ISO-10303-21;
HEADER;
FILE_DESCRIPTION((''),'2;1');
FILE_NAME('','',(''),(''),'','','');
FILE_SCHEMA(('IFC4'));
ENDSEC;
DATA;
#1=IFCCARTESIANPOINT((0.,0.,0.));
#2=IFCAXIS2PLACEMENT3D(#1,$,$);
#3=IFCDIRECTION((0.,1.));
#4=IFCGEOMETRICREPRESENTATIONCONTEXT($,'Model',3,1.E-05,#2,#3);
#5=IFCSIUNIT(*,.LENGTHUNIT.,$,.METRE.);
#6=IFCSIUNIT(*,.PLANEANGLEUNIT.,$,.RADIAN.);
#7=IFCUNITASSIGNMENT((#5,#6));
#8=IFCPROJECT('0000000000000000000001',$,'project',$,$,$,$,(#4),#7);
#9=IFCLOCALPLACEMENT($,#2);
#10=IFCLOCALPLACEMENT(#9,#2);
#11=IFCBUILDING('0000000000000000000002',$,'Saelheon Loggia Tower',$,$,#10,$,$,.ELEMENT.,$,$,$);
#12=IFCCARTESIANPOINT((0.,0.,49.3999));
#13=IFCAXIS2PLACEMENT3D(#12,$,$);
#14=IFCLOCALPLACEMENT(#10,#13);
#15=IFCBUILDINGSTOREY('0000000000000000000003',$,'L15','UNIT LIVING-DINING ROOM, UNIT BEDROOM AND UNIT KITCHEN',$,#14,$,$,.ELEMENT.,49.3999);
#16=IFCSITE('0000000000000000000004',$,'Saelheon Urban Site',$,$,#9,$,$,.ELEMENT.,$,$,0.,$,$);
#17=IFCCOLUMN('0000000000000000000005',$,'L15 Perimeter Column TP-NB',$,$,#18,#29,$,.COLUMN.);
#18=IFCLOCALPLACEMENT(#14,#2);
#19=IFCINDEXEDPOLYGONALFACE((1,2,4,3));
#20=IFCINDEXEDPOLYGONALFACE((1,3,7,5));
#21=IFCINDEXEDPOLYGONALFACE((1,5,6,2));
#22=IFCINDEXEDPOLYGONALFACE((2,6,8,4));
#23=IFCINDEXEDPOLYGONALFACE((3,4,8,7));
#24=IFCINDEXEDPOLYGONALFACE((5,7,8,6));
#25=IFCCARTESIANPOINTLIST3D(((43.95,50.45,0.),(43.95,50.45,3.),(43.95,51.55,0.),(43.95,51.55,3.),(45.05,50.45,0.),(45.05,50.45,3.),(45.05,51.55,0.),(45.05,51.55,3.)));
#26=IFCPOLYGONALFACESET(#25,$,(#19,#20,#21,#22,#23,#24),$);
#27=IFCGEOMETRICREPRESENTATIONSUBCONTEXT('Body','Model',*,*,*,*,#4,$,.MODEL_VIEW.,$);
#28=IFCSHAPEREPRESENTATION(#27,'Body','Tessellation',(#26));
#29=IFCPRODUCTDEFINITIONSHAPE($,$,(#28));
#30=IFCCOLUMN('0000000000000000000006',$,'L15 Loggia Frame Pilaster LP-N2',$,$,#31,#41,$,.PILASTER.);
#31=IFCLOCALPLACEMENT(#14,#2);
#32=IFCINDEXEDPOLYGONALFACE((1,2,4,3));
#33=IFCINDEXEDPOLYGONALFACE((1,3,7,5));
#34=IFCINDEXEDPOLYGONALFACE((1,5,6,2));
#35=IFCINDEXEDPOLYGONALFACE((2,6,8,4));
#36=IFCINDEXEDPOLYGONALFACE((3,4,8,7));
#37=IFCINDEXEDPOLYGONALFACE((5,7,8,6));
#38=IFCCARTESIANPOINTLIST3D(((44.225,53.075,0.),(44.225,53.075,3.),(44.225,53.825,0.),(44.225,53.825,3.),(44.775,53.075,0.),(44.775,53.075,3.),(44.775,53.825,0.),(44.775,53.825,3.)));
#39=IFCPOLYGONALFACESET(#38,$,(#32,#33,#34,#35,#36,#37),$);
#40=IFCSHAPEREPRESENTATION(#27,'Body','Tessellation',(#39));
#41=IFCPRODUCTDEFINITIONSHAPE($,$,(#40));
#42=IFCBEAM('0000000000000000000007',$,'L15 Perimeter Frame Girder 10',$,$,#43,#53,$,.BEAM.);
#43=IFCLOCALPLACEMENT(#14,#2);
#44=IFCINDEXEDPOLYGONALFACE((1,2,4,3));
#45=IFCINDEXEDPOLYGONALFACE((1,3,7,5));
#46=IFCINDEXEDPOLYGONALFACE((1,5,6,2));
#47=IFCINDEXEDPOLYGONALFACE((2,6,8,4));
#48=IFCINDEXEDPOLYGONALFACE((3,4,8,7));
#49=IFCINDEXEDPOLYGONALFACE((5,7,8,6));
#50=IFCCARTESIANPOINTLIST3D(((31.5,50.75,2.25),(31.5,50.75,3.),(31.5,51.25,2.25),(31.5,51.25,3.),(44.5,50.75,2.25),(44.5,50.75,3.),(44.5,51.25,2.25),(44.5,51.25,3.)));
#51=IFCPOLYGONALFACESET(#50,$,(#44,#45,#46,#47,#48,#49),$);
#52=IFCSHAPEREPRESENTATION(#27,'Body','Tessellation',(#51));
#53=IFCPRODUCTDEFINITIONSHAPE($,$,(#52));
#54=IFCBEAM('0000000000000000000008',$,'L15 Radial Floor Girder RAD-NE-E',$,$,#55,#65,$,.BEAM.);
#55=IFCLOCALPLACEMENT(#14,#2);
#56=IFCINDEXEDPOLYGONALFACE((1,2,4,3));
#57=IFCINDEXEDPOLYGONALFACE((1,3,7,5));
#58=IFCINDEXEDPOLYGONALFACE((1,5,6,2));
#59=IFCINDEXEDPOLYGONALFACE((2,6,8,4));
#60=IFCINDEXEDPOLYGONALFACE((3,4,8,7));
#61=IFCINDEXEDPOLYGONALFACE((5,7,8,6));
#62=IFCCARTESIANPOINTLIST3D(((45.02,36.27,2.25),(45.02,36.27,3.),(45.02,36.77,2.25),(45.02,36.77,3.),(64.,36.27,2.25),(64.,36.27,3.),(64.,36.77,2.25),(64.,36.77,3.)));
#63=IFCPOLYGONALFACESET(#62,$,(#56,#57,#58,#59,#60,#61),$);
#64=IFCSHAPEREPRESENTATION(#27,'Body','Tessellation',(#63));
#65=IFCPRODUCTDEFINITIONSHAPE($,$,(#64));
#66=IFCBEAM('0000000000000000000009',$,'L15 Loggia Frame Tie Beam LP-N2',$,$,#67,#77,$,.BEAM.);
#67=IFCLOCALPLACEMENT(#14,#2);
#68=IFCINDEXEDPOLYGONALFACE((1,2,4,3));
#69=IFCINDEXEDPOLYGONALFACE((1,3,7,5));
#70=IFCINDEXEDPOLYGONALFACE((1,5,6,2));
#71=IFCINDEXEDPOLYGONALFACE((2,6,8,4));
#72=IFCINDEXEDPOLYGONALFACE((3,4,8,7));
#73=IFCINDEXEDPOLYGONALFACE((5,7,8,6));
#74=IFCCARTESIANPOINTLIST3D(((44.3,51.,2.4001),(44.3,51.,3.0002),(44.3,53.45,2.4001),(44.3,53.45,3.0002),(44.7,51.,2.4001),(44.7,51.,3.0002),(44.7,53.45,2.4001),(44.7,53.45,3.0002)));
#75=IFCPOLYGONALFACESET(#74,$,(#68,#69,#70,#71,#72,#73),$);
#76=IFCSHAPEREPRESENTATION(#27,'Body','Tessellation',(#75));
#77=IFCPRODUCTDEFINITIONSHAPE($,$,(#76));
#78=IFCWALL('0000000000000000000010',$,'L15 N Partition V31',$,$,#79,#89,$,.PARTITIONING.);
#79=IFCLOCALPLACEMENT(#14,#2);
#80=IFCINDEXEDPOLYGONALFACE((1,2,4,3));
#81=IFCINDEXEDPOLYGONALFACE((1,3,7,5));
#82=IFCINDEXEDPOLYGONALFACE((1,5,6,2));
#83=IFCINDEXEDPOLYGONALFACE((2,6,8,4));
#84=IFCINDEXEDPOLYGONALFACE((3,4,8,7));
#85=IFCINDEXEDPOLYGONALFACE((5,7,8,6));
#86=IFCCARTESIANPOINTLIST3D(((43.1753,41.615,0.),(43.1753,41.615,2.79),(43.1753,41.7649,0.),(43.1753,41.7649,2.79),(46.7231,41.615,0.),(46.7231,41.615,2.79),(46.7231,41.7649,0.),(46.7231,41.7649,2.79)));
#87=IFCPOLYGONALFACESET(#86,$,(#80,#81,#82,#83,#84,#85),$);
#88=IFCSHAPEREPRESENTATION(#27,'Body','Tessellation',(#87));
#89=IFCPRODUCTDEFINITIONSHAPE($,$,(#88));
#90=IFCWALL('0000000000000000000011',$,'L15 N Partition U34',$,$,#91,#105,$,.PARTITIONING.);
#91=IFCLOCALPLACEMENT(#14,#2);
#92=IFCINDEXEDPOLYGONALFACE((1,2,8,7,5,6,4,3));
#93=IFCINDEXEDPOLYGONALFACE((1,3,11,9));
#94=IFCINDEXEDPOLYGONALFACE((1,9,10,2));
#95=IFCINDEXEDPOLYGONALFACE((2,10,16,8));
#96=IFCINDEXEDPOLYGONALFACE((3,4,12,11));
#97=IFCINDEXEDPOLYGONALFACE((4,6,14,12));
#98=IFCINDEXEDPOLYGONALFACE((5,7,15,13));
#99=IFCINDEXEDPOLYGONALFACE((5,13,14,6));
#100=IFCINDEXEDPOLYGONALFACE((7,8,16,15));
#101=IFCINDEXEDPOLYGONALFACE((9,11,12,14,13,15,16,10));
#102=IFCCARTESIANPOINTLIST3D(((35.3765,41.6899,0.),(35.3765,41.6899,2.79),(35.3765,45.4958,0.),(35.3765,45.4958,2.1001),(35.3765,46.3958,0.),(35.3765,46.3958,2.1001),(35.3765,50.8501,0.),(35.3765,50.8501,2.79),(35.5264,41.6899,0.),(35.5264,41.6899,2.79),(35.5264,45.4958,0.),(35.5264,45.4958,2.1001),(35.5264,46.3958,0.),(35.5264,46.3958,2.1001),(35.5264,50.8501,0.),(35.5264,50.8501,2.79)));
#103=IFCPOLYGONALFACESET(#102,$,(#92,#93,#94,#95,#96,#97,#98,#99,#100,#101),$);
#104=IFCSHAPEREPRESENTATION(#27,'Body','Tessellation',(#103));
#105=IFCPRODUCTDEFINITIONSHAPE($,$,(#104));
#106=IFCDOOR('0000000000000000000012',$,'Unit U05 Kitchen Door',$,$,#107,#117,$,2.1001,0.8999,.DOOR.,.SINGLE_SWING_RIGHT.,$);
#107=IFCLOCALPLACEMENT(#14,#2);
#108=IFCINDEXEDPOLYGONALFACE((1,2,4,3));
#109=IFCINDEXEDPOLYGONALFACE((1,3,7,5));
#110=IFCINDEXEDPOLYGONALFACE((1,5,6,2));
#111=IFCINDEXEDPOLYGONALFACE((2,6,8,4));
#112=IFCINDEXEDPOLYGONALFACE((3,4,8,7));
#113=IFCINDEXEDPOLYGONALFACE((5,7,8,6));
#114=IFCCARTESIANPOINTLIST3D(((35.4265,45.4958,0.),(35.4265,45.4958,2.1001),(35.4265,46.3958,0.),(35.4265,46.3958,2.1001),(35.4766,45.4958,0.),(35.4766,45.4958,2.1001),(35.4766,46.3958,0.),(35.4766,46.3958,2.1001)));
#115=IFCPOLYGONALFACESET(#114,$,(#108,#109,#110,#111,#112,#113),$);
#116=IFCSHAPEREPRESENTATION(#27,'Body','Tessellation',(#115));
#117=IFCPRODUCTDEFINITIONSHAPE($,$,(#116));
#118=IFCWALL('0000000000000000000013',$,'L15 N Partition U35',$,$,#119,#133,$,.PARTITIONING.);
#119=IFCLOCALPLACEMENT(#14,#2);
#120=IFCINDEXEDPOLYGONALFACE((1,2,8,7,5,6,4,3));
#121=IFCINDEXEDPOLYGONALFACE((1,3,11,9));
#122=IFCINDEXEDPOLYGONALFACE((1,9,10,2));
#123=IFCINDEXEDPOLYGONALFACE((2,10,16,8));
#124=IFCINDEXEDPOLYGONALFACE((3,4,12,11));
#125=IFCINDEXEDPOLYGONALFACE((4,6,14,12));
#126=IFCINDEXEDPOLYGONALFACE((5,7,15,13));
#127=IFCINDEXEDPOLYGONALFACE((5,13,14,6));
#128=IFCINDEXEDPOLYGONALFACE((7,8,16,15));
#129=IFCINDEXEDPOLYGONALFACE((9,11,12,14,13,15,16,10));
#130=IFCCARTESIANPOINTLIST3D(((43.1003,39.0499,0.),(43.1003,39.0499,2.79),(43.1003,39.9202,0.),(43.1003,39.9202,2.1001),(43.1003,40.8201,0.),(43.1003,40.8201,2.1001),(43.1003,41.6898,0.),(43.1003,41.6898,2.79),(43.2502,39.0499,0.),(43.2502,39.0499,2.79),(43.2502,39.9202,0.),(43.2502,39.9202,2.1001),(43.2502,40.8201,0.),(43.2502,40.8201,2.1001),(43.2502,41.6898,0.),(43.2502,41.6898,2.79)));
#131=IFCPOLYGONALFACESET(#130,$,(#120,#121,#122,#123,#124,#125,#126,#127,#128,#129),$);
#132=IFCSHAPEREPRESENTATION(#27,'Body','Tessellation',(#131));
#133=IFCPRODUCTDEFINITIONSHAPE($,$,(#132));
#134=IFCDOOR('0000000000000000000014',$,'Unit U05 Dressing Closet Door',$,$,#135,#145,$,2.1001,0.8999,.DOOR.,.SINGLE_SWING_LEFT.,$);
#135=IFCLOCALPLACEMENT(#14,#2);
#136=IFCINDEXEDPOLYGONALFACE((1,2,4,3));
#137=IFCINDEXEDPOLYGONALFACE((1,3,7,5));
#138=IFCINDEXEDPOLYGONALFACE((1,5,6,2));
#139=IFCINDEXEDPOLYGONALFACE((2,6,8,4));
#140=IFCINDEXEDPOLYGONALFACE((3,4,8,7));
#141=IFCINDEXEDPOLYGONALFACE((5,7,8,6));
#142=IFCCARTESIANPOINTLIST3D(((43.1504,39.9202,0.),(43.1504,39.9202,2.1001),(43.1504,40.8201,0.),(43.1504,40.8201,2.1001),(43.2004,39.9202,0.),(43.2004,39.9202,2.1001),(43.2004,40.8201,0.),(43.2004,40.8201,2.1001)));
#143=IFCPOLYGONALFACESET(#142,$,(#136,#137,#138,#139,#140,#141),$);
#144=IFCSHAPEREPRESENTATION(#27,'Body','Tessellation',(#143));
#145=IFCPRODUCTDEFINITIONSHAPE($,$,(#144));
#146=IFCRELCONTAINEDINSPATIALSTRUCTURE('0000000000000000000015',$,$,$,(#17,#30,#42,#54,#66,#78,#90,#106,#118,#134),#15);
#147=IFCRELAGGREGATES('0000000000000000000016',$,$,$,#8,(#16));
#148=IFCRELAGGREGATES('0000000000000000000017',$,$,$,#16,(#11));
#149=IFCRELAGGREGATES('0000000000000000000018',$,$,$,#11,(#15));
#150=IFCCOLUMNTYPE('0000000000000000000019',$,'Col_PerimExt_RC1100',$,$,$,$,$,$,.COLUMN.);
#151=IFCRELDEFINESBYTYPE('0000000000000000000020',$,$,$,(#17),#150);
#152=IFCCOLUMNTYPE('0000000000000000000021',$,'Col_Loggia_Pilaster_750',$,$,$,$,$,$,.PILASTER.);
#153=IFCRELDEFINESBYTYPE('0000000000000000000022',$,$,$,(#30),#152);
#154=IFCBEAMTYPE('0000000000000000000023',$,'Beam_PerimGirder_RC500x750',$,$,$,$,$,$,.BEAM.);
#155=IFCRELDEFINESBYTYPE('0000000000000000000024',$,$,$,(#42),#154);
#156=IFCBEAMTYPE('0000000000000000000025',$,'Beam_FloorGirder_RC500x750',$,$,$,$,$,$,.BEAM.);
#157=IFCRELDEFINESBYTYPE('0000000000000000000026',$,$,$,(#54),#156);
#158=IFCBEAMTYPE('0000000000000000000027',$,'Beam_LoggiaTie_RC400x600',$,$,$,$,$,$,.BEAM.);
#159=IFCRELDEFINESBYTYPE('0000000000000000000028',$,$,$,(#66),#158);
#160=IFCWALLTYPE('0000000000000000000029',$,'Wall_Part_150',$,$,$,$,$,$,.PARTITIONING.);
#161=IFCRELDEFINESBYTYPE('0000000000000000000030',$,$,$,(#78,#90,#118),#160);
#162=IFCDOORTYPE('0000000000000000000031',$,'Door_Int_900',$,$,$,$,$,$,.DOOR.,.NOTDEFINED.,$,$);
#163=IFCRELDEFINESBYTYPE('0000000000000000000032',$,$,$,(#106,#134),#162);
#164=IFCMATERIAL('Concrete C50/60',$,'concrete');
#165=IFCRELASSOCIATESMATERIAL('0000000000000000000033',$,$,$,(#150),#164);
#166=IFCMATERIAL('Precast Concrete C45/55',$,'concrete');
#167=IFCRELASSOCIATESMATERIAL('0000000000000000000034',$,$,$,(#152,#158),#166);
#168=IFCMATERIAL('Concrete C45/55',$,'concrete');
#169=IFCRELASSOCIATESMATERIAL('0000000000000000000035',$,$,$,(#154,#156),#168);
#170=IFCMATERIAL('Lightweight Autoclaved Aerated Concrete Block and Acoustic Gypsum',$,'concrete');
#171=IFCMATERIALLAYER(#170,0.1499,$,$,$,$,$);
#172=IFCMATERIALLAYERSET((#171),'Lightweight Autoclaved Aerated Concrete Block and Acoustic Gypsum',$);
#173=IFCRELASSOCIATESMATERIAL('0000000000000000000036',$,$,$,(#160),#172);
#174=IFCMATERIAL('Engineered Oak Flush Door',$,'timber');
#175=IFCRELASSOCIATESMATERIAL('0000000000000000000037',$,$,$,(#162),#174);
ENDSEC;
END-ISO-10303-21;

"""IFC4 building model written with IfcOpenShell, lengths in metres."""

from ifc_helpers import new_model, si_unit, direction, frame, frame_2d, origin, origin_2d, place, context, subcontext, project, spatial, rectangle, extrude, source, transform, mapped, material, layer, layer_set, material_profile, profile_set, type_object, element, fill, save


model = new_model("IFC4")

# Units and contexts
model_context = context("Model", 3, precision=1e-05, world=origin(), true_north=direction((0.0, 1.0)))
body_context = subcontext(model_context, "Body", "Model", "MODEL_VIEW")
ifc_project = project(units=[si_unit("LENGTHUNIT", "METRE"), si_unit("PLANEANGLEUNIT", "RADIAN")], contexts=[model_context])

# Site, building, storey
site_placement = place(None, origin())
site = spatial("IfcSite", under=ifc_project, at=site_placement, Name="Saelheon Urban Site", CompositionType="ELEMENT", RefElevation=0.0)
building_placement = place(site_placement, origin())
building = spatial("IfcBuilding", under=site, at=building_placement, Name="Saelheon Loggia Tower", CompositionType="ELEMENT")
storey_placement = place(building_placement, frame((0.0, 0.0, 49.3999)))
storey = spatial("IfcBuildingStorey", under=building, at=storey_placement, Name="L15", Description="UNIT LIVING-DINING ROOM, UNIT BEDROOM AND UNIT KITCHEN", CompositionType="ELEMENT", Elevation=49.3999)

# Columns
ifc_material_1 = material(Name="Concrete C50/60", Category="concrete")
ifc_material_profile_1 = material_profile(ifc_material_1, rectangle(XDim=1.1001, YDim=1.1001, at=origin_2d()), Name="RC-1100x1100")
ifc_profile_set_1 = profile_set([ifc_material_profile_1], Name="Concrete C50/60")
column_type_1 = type_object("IfcColumnType", Name="Col_PerimExt_RC1100", PredefinedType="COLUMN", material=ifc_profile_set_1)
shared_shape_1 = source(origin(), body_context, "Body", "SweptSolid", [
    extrude(rectangle(XDim=1.1001, YDim=1.1001, at=origin_2d()), origin(), (0.0, 0.0, 1.0), 3.0),
])
column_1_placement = place(storey_placement, frame((44.5, 51.0, 0.0), z_axis=(0.0, 0.0, 1.0), x_axis=(1.0, 0.0, 0.0)))
element("IfcColumn", 1, at=column_1_placement, inside=storey, type_object=column_type_1, Name="L15 Perimeter Column TP-NB", PredefinedType="COLUMN", context=body_context, shape_type="MappedRepresentation", body=[
    mapped(shared_shape_1, transform((0.0, 0.0, 0.0), scale=1.0)),
])
ifc_material_2 = material(Name="Precast Concrete C45/55", Category="concrete")
ifc_material_profile_2 = material_profile(ifc_material_2, rectangle(XDim=0.55, YDim=0.75, at=origin_2d()), Name="RC-550x750")
ifc_profile_set_2 = profile_set([ifc_material_profile_2], Name="Precast Concrete C45/55")
column_type_2 = type_object("IfcColumnType", Name="Col_Loggia_Pilaster_750", PredefinedType="PILASTER", material=ifc_profile_set_2)
shared_shape_2 = source(origin(), body_context, "Body", "SweptSolid", [
    extrude(rectangle(XDim=0.55, YDim=0.75, at=origin_2d()), origin(), (0.0, 0.0, 1.0), 3.0),
])
column_2_placement = place(storey_placement, frame((44.5, 53.45, 0.0), z_axis=(0.0, 0.0, 1.0), x_axis=(1.0, 0.0, 0.0)))
element("IfcColumn", 2, at=column_2_placement, inside=storey, type_object=column_type_2, Name="L15 Loggia Frame Pilaster LP-N2", PredefinedType="PILASTER", context=body_context, shape_type="MappedRepresentation", body=[
    mapped(shared_shape_2, transform((0.0, 0.0, 0.0), scale=1.0)),
])

# Beams
ifc_material_3 = material(Name="Concrete C45/55", Category="concrete")
ifc_material_profile_3 = material_profile(ifc_material_3, rectangle(XDim=0.5, YDim=0.75, at=origin_2d()), Name="RC-500x750")
ifc_profile_set_3 = profile_set([ifc_material_profile_3], Name="Concrete C45/55")
beam_type_1 = type_object("IfcBeamType", Name="Beam_PerimGirder_RC500x750", PredefinedType="BEAM", material=ifc_profile_set_3)
shared_shape_3 = source(origin(), body_context, "Body", "SweptSolid", [
    extrude(rectangle(XDim=0.5, YDim=0.75, at=origin_2d()), origin(), (0.0, 0.0, 1.0), 13.0),
])
beam_1_placement = place(storey_placement, frame((44.5, 51.0, 2.625), z_axis=(-1.0, 0.0, 0.0), x_axis=(0.0, -1.0, 0.0)))
element("IfcBeam", 3, at=beam_1_placement, inside=storey, type_object=beam_type_1, Name="L15 Perimeter Frame Girder 10", PredefinedType="BEAM", context=body_context, shape_type="MappedRepresentation", body=[
    mapped(shared_shape_3, transform((0.0, 0.0, 0.0), scale=1.0)),
])
ifc_material_profile_4 = material_profile(ifc_material_3, rectangle(XDim=0.5, YDim=0.75, at=origin_2d()), Name="RC-500x750")
ifc_profile_set_4 = profile_set([ifc_material_profile_4], Name="Concrete C45/55")
beam_type_2 = type_object("IfcBeamType", Name="Beam_FloorGirder_RC500x750", PredefinedType="BEAM", material=ifc_profile_set_4)
shared_shape_4 = source(origin(), body_context, "Body", "SweptSolid", [
    extrude(rectangle(XDim=0.5, YDim=0.75, at=origin_2d()), origin(), (0.0, 0.0, 1.0), 18.98),
])
beam_2_placement = place(storey_placement, frame((45.02, 36.52, 2.625), z_axis=(1.0, 0.0, 0.0), x_axis=(0.0, 1.0, 0.0)))
element("IfcBeam", 4, at=beam_2_placement, inside=storey, type_object=beam_type_2, Name="L15 Radial Floor Girder RAD-NE-E", PredefinedType="BEAM", context=body_context, shape_type="MappedRepresentation", body=[
    mapped(shared_shape_4, transform((0.0, 0.0, 0.0), scale=1.0)),
])
ifc_material_profile_5 = material_profile(ifc_material_2, rectangle(XDim=0.3999, YDim=0.6001, at=origin_2d()), Name="RC-400x600")
ifc_profile_set_5 = profile_set([ifc_material_profile_5], Name="Precast Concrete C45/55")
beam_type_3 = type_object("IfcBeamType", Name="Beam_LoggiaTie_RC400x600", PredefinedType="BEAM", material=ifc_profile_set_5)
shared_shape_5 = source(origin(), body_context, "Body", "SweptSolid", [
    extrude(rectangle(XDim=0.3999, YDim=0.6001, at=origin_2d()), origin(), (0.0, 0.0, 1.0), 2.45),
])
beam_3_placement = place(storey_placement, frame((44.5, 51.0, 2.7002), z_axis=(0.0, 1.0, 0.0), x_axis=(-1.0, 0.0, 0.0)))
element("IfcBeam", 5, at=beam_3_placement, inside=storey, type_object=beam_type_3, Name="L15 Loggia Frame Tie Beam LP-N2", PredefinedType="BEAM", context=body_context, shape_type="MappedRepresentation", body=[
    mapped(shared_shape_5, transform((0.0, 0.0, 0.0), scale=1.0)),
])

# Wall
ifc_material_4 = material(Name="Lightweight Autoclaved Aerated Concrete Block and Acoustic Gypsum", Category="concrete")
ifc_layer_1 = layer(ifc_material_4, 0.1499)
ifc_layer_set_1 = layer_set([ifc_layer_1], Name="Lightweight Autoclaved Aerated Concrete Block and Acoustic Gypsum")
wall_type_1 = type_object("IfcWallType", Name="Wall_Part_150", PredefinedType="PARTITIONING", material=ifc_layer_set_1)
wall_1_placement = place(storey_placement, frame((43.1753, 41.6899, 0.0), z_axis=(0.0, 0.0, 1.0), x_axis=(1.0, 0.0, 0.0)))
element("IfcWall", 6, at=wall_1_placement, inside=storey, type_object=wall_type_1, Name="L15 N Partition V31", PredefinedType="PARTITIONING", context=body_context, shape_type="SweptSolid", body=[
    extrude(rectangle(XDim=3.5479, YDim=0.1499, at=frame_2d((1.7739, 0.0))), origin(), (0.0, 0.0, 1.0), 2.79),
])

# Walls, openings, doors
wall_2_placement = place(storey_placement, frame((35.4514, 41.6899, 0.0), z_axis=(0.0, 0.0, 1.0), x_axis=(0.0, 1.0, 0.0)))
wall_2 = element("IfcWall", 7, at=wall_2_placement, inside=storey, type_object=wall_type_1, Name="L15 N Partition U34", PredefinedType="PARTITIONING", context=body_context, shape_type="SweptSolid", body=[
    extrude(rectangle(XDim=9.1602, YDim=0.1499, at=frame_2d((4.5801, 0.0))), origin(), (0.0, 0.0, 1.0), 2.79),
])
opening_1_placement = place(wall_2_placement, frame((3.8059, 0.0, 0.0)))
opening_1 = element("IfcOpeningElement", 8, at=opening_1_placement, cuts=wall_2, PredefinedType="OPENING", context=body_context, shape_type="SweptSolid", body=[
    extrude(rectangle(XDim=0.8999, YDim=2.1001, at=frame_2d((0.45, 1.05))), frame((0.0, 0.0869, 0.0), z_axis=(0.0, -1.0, 0.0), x_axis=(1.0, 0.0, 0.0)), (0.0, 0.0, 1.0), 0.1738),
])
ifc_material_5 = material(Name="Engineered Oak Flush Door", Category="timber")
door_type_1 = type_object("IfcDoorType", Name="Door_Int_900", OperationType="NOTDEFINED", PredefinedType="DOOR", material=ifc_material_5)
shared_shape_6 = source(origin(), body_context, "Body", "SweptSolid", [
    extrude(rectangle(XDim=0.8999, YDim=2.1001, at=frame_2d((0.45, 1.05))), frame((0.0, 0.0249, 0.0), z_axis=(0.0, -1.0, 0.0), x_axis=(1.0, 0.0, 0.0)), (0.0, 0.0, 1.0), 0.05),
])
door_1_placement = place(opening_1_placement, origin())
door_1 = element("IfcDoor", 9, at=door_1_placement, inside=storey, type_object=door_type_1, Name="Unit U05 Kitchen Door", OperationType="SINGLE_SWING_RIGHT", OverallHeight=2.1001, OverallWidth=0.8999, PredefinedType="DOOR", context=body_context, shape_type="MappedRepresentation", body=[
    mapped(shared_shape_6, transform((0.0, 0.0, 0.0), scale=1.0)),
])
fill(opening_1, door_1)
wall_3_placement = place(storey_placement, frame((43.1753, 39.05, 0.0), z_axis=(0.0, 0.0, 1.0), x_axis=(0.0, 1.0, 0.0)))
wall_3 = element("IfcWall", 10, at=wall_3_placement, inside=storey, type_object=wall_type_1, Name="L15 N Partition U35", PredefinedType="PARTITIONING", context=body_context, shape_type="SweptSolid", body=[
    extrude(rectangle(XDim=2.6399, YDim=0.1499, at=frame_2d((1.3198, 0.0))), origin(), (0.0, 0.0, 1.0), 2.79),
])
opening_2_placement = place(wall_3_placement, frame((0.8701, 0.0, 0.0)))
opening_2 = element("IfcOpeningElement", 11, at=opening_2_placement, cuts=wall_3, PredefinedType="OPENING", context=body_context, shape_type="SweptSolid", body=[
    extrude(rectangle(XDim=0.8999, YDim=2.1001, at=frame_2d((0.45, 1.05))), frame((0.0, 0.0869, 0.0), z_axis=(0.0, -1.0, 0.0), x_axis=(1.0, 0.0, 0.0)), (0.0, 0.0, 1.0), 0.1738),
])
door_2_placement = place(opening_2_placement, origin())
door_2 = element("IfcDoor", 12, at=door_2_placement, inside=storey, type_object=door_type_1, Name="Unit U05 Dressing Closet Door", OperationType="SINGLE_SWING_LEFT", OverallHeight=2.1001, OverallWidth=0.8999, PredefinedType="DOOR", context=body_context, shape_type="MappedRepresentation", body=[
    mapped(shared_shape_6, transform((0.0, 0.0, 0.0), scale=1.0)),
])
fill(opening_2, door_2)

save(model, "model.ifc")
